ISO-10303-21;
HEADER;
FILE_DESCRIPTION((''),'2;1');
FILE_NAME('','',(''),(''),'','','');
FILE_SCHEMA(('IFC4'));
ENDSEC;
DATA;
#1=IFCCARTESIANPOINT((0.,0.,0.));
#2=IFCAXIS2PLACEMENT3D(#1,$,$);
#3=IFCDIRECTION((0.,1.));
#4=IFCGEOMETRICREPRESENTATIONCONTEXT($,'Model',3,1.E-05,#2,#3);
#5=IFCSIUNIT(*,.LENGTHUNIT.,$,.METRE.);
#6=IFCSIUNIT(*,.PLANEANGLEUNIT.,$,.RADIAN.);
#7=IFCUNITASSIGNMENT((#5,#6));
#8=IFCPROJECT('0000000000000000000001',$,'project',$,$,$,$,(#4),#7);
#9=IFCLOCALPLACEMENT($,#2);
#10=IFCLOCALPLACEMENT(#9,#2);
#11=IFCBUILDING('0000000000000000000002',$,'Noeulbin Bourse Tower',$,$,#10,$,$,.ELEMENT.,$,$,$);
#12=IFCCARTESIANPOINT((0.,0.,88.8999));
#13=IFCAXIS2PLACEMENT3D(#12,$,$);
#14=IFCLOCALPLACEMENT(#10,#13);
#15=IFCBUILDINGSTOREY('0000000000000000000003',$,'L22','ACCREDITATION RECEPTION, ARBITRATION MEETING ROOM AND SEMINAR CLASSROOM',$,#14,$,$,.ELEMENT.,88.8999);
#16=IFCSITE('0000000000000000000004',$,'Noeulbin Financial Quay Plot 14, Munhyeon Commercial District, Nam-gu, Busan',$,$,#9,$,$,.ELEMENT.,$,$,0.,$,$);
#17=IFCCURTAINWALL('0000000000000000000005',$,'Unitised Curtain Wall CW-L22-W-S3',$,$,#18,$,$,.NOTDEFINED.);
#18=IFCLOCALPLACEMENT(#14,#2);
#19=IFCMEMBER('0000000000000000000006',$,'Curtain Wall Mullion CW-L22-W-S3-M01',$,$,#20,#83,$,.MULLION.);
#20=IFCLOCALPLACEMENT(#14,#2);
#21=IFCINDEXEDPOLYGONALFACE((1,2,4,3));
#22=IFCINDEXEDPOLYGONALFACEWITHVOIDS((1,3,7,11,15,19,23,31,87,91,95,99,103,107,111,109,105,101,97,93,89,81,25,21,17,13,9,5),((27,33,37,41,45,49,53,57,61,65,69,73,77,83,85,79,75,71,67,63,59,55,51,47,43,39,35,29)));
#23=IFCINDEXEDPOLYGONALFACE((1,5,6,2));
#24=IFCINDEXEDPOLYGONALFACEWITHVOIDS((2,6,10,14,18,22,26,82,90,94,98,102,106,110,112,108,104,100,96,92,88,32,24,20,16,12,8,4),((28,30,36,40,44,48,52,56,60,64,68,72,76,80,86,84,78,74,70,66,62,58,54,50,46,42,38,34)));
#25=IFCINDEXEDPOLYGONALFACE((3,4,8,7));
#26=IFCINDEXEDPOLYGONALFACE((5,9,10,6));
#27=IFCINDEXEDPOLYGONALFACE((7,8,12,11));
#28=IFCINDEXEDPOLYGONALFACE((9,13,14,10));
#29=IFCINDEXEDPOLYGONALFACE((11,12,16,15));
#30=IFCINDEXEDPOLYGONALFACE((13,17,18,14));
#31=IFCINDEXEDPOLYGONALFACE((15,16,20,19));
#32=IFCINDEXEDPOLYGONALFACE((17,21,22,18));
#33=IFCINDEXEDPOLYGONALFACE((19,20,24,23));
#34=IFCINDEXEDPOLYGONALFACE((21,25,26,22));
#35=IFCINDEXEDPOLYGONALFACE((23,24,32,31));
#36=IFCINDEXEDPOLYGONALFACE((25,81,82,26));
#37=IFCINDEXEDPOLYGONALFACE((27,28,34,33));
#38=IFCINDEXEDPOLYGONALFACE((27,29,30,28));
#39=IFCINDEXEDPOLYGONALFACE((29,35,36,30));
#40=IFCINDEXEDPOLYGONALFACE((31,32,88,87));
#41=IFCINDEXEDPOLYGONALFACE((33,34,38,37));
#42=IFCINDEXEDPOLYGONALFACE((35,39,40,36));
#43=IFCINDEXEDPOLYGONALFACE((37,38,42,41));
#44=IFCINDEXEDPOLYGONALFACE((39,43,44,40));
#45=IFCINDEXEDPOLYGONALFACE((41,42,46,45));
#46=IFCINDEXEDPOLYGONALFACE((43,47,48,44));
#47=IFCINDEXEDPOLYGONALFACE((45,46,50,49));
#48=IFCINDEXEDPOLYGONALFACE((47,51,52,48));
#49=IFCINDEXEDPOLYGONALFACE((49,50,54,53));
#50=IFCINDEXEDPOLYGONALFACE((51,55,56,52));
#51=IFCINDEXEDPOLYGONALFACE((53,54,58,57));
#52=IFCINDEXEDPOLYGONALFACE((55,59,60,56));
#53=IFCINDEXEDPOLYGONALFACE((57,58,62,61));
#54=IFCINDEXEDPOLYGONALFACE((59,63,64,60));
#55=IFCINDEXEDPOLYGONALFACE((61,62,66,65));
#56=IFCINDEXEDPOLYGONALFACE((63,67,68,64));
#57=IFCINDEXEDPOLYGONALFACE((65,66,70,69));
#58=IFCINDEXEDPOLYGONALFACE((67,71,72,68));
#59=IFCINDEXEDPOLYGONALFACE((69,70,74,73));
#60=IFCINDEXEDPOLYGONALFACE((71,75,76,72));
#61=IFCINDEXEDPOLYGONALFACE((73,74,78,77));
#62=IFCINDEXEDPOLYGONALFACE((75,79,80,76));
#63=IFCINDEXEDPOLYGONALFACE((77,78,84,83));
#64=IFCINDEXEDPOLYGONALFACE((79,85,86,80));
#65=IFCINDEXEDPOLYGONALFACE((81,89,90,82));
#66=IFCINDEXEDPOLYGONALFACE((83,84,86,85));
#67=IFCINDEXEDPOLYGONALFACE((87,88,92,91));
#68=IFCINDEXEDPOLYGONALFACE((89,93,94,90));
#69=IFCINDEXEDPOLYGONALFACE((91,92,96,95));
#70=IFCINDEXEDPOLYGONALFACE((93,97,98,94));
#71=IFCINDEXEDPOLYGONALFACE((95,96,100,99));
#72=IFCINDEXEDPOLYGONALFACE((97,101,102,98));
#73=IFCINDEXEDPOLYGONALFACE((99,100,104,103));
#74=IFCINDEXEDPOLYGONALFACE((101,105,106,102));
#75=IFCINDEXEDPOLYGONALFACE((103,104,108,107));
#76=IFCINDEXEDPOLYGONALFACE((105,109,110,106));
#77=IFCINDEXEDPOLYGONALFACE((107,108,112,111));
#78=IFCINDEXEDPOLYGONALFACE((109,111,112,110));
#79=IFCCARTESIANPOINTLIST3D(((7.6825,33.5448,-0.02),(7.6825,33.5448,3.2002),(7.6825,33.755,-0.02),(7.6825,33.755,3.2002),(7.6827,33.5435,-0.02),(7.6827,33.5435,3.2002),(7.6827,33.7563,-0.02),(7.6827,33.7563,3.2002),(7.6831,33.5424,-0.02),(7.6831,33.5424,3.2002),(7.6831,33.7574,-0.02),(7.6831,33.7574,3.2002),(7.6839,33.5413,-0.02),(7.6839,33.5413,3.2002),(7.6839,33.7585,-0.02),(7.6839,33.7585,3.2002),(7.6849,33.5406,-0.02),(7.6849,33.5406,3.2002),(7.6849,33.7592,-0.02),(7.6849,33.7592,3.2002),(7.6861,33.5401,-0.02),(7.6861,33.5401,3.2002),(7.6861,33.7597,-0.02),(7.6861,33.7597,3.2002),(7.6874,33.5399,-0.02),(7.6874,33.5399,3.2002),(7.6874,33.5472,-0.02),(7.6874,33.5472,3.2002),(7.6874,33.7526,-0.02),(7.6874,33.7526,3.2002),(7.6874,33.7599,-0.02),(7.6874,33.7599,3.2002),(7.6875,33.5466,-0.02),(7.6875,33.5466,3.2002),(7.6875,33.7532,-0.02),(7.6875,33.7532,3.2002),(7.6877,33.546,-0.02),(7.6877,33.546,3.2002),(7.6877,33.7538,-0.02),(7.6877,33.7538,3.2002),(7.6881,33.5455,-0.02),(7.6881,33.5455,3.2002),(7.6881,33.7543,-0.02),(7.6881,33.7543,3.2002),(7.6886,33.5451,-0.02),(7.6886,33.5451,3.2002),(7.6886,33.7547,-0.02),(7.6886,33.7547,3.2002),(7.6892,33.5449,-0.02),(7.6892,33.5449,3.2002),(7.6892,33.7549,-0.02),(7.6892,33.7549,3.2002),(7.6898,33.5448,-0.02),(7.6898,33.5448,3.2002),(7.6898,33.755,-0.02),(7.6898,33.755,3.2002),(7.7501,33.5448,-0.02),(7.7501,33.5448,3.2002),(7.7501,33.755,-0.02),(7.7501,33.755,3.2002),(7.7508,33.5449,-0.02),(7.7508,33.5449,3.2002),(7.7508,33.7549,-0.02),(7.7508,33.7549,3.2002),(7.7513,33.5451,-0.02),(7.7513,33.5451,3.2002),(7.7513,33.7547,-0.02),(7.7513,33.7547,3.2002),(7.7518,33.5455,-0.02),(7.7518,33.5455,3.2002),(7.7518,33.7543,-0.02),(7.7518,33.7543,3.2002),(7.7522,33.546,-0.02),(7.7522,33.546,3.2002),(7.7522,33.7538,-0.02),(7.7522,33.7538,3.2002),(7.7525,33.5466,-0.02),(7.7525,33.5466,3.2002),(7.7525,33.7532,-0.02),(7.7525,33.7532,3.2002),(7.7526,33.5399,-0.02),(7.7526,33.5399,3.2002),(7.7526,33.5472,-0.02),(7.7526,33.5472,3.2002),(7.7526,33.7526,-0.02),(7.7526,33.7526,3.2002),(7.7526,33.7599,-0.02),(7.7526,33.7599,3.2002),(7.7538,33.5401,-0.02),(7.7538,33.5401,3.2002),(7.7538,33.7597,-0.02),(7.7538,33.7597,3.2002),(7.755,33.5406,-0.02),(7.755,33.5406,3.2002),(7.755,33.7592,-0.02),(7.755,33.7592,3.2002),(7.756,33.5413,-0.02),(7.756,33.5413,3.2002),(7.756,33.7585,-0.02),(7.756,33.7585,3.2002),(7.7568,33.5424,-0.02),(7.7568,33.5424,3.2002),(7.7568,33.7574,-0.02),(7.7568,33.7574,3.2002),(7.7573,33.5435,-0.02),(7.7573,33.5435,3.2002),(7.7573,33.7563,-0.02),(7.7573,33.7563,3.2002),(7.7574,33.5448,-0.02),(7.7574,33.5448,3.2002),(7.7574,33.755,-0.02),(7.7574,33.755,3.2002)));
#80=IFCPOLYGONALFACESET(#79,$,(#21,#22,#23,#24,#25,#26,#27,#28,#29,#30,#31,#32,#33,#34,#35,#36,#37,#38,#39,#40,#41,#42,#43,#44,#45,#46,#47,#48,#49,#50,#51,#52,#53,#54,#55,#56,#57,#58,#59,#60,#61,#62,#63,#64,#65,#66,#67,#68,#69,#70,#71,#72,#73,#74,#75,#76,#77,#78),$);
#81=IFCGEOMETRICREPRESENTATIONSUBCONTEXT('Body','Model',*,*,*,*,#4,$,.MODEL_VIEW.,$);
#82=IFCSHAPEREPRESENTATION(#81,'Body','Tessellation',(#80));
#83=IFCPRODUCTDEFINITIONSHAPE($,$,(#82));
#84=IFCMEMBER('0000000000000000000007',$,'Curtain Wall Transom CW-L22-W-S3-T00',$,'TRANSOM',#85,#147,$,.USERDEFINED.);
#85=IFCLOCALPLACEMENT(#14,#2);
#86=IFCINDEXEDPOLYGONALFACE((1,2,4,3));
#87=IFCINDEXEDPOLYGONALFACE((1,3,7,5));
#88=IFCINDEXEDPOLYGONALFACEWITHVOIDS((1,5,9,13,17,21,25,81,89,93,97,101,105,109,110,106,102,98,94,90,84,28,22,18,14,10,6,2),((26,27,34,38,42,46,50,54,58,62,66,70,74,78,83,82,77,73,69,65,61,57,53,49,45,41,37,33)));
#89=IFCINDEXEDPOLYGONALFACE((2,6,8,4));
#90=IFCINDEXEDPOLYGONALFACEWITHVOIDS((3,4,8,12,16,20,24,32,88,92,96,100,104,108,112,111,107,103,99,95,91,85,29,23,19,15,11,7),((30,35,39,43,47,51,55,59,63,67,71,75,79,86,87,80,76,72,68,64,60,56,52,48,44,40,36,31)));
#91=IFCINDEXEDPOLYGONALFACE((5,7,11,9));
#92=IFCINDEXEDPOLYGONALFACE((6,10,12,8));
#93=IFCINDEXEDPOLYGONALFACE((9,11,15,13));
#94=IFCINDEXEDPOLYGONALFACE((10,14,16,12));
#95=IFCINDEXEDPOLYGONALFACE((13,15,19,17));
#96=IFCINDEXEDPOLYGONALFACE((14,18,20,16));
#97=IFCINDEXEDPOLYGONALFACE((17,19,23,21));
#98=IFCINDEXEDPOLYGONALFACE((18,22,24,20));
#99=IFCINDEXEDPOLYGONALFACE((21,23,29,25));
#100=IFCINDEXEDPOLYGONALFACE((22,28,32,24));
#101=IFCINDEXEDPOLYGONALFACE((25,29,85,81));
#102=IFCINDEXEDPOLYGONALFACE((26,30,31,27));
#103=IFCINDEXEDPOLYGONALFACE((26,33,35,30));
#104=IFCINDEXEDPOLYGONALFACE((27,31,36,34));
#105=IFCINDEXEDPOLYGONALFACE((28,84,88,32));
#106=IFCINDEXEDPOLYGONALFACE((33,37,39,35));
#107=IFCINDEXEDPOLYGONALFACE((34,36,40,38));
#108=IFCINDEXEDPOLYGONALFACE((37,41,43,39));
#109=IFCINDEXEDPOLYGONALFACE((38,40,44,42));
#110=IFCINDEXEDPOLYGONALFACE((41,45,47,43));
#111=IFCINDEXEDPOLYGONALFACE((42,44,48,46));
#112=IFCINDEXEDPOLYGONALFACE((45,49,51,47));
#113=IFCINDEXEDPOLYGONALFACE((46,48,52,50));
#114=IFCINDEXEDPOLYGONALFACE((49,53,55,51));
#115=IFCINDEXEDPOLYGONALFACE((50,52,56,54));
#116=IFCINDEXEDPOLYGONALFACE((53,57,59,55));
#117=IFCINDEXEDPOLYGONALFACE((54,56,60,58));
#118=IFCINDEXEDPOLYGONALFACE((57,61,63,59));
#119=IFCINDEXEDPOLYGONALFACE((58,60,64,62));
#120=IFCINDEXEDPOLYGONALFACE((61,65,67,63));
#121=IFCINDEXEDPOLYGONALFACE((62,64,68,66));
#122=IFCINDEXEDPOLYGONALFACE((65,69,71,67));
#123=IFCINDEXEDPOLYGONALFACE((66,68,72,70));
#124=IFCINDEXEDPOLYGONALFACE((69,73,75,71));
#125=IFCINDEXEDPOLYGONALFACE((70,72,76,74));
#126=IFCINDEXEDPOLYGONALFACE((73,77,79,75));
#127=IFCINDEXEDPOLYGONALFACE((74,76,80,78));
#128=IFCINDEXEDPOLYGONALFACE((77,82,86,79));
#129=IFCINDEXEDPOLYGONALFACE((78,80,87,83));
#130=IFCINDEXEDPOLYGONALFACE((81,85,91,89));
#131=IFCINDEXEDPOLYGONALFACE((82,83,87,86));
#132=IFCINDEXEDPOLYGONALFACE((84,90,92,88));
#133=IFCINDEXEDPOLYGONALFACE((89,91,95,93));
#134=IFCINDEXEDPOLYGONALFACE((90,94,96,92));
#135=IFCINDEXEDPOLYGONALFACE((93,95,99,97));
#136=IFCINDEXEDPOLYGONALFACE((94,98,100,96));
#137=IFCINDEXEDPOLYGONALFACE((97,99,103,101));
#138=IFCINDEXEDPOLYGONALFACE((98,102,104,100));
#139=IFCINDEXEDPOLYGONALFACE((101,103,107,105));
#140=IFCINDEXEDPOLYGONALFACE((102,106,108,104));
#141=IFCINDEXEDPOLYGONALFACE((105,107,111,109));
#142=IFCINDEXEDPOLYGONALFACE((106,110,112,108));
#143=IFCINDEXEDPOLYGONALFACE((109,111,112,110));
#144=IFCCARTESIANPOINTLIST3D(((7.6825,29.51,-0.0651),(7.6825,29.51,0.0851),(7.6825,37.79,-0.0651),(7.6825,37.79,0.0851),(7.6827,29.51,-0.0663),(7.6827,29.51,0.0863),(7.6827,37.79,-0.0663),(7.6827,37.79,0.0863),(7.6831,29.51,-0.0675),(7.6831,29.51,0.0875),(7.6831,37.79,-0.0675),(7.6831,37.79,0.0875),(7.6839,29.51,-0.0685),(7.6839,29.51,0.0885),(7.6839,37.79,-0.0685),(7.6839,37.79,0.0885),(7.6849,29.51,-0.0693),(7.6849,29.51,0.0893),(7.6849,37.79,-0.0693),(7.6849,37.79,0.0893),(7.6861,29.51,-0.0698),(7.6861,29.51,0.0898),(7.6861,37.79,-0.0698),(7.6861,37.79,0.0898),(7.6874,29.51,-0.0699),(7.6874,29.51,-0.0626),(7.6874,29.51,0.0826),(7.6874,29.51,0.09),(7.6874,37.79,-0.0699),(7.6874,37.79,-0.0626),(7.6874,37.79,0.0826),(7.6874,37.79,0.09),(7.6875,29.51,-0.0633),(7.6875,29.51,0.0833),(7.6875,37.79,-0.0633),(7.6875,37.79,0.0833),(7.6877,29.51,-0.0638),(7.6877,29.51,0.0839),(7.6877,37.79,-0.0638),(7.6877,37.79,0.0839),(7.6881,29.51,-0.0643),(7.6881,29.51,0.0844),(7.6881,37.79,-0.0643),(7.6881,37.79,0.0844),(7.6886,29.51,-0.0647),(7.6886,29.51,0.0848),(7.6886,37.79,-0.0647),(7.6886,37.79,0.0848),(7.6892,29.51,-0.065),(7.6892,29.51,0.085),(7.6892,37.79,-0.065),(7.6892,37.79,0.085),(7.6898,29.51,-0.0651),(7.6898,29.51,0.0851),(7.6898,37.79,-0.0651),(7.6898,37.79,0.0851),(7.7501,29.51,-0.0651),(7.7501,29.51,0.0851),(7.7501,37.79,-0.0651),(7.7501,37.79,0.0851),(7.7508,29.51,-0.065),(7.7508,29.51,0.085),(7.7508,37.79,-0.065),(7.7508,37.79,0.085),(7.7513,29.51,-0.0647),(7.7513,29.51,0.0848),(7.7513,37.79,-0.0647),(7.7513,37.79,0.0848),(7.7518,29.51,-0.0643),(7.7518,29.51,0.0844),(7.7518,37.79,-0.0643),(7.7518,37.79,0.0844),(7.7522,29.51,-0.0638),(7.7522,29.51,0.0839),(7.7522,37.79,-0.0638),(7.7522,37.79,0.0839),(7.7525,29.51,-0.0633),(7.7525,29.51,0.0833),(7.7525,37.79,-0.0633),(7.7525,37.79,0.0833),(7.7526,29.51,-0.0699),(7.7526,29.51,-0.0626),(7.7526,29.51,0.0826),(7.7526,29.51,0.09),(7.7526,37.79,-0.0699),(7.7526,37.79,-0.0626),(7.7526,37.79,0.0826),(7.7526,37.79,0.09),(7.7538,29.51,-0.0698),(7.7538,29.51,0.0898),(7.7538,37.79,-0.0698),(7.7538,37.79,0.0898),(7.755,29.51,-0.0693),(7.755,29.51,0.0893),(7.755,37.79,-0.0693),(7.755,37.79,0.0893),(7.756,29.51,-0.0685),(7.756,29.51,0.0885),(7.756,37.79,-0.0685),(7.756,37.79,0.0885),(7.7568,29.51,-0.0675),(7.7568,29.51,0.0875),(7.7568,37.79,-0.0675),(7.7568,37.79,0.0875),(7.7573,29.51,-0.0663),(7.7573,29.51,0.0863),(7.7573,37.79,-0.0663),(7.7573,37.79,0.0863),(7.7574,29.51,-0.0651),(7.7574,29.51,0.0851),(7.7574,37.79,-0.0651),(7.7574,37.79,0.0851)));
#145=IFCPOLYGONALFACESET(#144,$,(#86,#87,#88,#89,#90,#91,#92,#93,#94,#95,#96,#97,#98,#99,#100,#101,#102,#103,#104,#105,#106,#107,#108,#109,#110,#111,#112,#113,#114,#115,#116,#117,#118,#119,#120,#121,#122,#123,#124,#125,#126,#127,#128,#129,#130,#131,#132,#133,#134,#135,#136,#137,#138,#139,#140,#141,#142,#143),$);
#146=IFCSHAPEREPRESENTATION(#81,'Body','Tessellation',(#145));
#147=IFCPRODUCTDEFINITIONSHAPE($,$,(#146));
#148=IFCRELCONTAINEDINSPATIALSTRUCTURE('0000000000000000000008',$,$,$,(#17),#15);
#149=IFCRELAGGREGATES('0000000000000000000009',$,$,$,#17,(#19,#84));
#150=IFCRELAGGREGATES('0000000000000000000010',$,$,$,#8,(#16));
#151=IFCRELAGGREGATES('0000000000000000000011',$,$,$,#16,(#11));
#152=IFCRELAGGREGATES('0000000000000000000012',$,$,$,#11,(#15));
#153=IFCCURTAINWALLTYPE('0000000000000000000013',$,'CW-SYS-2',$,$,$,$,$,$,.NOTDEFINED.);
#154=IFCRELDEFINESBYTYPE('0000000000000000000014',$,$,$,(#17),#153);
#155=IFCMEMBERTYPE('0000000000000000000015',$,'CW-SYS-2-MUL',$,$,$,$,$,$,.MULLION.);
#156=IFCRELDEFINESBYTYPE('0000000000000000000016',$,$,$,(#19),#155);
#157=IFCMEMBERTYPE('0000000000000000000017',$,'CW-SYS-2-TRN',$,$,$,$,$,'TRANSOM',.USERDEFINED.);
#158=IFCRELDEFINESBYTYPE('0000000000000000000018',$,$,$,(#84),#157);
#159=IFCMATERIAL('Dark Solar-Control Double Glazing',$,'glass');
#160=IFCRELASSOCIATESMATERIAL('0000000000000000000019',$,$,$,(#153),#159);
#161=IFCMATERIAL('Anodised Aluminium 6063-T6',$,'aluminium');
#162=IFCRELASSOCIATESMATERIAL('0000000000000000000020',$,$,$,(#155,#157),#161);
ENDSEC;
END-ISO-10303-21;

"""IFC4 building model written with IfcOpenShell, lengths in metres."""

from ifc_helpers import new_model, si_unit, direction, frame, origin, origin_2d, place, context, subcontext, project, spatial, hollow_rectangle, extrude, material, material_profile, profile_set, type_object, element, aggregate, save


model = new_model("IFC4")

# Units and contexts
model_context = context("Model", 3, precision=1e-05, world=origin(), true_north=direction((0.0, 1.0)))
body_context = subcontext(model_context, "Body", "Model", "MODEL_VIEW")
ifc_project = project(units=[si_unit("LENGTHUNIT", "METRE"), si_unit("PLANEANGLEUNIT", "RADIAN")], contexts=[model_context])

# Site, building, storey
site_placement = place(None, origin())
site = spatial("IfcSite", under=ifc_project, at=site_placement, Name="Noeulbin Financial Quay Plot 14, Munhyeon Commercial District, Nam-gu, Busan", CompositionType="ELEMENT", RefElevation=0.0)
building_placement = place(site_placement, origin())
building = spatial("IfcBuilding", under=site, at=building_placement, Name="Noeulbin Bourse Tower", CompositionType="ELEMENT")
storey_placement = place(building_placement, frame((0.0, 0.0, 88.8999)))
storey = spatial("IfcBuildingStorey", under=building, at=storey_placement, Name="L22", Description="ACCREDITATION RECEPTION, ARBITRATION MEETING ROOM AND SEMINAR CLASSROOM", CompositionType="ELEMENT", Elevation=88.8999)

# Curtain wall, members
ifc_material_1 = material(Name="Dark Solar-Control Double Glazing", Category="glass")
curtain_wall_type = type_object("IfcCurtainWallType", Name="CW-SYS-2", PredefinedType="NOTDEFINED", material=ifc_material_1)
curtain_wall_placement = place(storey_placement, origin())
curtain_wall = element("IfcCurtainWall", 1, at=curtain_wall_placement, inside=storey, type_object=curtain_wall_type, Name="Unitised Curtain Wall CW-L22-W-S3", PredefinedType="NOTDEFINED")
ifc_material_2 = material(Name="Anodised Aluminium 6063-T6", Category="aluminium")
ifc_material_profile_1 = material_profile(ifc_material_2, hollow_rectangle(XDim=0.075, YDim=0.22, WallThickness=0.0049, InnerFilletRadius=0.0024, OuterFilletRadius=0.0049, at=origin_2d()), Name="ALU-MULL-75x220x5", Category="LoadBearing")
ifc_profile_set_1 = profile_set([ifc_material_profile_1], Name="Anodised Aluminium 6063-T6")
member_type_1 = type_object("IfcMemberType", Name="CW-SYS-2-MUL", PredefinedType="MULLION", material=ifc_profile_set_1)
member_1_placement = place(storey_placement, frame((7.72, 33.6499, -0.02), z_axis=(0.0, 0.0, 1.0), x_axis=(1.0, 0.0, 0.0)))
member_1 = element("IfcMember", 2, at=member_1_placement, type_object=member_type_1, Name="Curtain Wall Mullion CW-L22-W-S3-M01", PredefinedType="MULLION", context=body_context, shape_type="SweptSolid", body=[
    extrude(hollow_rectangle(XDim=0.075, YDim=0.22, WallThickness=0.0049, InnerFilletRadius=0.0024, OuterFilletRadius=0.0049, at=origin_2d()), origin(), (0.0, 0.0, 1.0), 3.2202),
])
ifc_material_profile_2 = material_profile(ifc_material_2, hollow_rectangle(XDim=0.075, YDim=0.1599, WallThickness=0.0049, InnerFilletRadius=0.0024, OuterFilletRadius=0.0049, at=origin_2d()), Name="ALU-TRAN-75x160x5", Category="LoadBearing")
ifc_profile_set_2 = profile_set([ifc_material_profile_2], Name="Anodised Aluminium 6063-T6")
member_type_2 = type_object("IfcMemberType", Name="CW-SYS-2-TRN", ElementType="TRANSOM", PredefinedType="USERDEFINED", material=ifc_profile_set_2)
member_2_placement = place(storey_placement, frame((7.72, 29.51, 0.01), z_axis=(0.0, 1.0, 0.0), x_axis=(-1.0, 0.0, 0.0)))
member_2 = element("IfcMember", 3, at=member_2_placement, type_object=member_type_2, Name="Curtain Wall Transom CW-L22-W-S3-T00", ObjectType="TRANSOM", PredefinedType="USERDEFINED", context=body_context, shape_type="SweptSolid", body=[
    extrude(hollow_rectangle(XDim=0.075, YDim=0.1599, WallThickness=0.0049, InnerFilletRadius=0.0024, OuterFilletRadius=0.0049, at=origin_2d()), origin(), (0.0, 0.0, 1.0), 8.28),
])
aggregate(curtain_wall, [member_1, member_2])

save(model, "model.ifc")
